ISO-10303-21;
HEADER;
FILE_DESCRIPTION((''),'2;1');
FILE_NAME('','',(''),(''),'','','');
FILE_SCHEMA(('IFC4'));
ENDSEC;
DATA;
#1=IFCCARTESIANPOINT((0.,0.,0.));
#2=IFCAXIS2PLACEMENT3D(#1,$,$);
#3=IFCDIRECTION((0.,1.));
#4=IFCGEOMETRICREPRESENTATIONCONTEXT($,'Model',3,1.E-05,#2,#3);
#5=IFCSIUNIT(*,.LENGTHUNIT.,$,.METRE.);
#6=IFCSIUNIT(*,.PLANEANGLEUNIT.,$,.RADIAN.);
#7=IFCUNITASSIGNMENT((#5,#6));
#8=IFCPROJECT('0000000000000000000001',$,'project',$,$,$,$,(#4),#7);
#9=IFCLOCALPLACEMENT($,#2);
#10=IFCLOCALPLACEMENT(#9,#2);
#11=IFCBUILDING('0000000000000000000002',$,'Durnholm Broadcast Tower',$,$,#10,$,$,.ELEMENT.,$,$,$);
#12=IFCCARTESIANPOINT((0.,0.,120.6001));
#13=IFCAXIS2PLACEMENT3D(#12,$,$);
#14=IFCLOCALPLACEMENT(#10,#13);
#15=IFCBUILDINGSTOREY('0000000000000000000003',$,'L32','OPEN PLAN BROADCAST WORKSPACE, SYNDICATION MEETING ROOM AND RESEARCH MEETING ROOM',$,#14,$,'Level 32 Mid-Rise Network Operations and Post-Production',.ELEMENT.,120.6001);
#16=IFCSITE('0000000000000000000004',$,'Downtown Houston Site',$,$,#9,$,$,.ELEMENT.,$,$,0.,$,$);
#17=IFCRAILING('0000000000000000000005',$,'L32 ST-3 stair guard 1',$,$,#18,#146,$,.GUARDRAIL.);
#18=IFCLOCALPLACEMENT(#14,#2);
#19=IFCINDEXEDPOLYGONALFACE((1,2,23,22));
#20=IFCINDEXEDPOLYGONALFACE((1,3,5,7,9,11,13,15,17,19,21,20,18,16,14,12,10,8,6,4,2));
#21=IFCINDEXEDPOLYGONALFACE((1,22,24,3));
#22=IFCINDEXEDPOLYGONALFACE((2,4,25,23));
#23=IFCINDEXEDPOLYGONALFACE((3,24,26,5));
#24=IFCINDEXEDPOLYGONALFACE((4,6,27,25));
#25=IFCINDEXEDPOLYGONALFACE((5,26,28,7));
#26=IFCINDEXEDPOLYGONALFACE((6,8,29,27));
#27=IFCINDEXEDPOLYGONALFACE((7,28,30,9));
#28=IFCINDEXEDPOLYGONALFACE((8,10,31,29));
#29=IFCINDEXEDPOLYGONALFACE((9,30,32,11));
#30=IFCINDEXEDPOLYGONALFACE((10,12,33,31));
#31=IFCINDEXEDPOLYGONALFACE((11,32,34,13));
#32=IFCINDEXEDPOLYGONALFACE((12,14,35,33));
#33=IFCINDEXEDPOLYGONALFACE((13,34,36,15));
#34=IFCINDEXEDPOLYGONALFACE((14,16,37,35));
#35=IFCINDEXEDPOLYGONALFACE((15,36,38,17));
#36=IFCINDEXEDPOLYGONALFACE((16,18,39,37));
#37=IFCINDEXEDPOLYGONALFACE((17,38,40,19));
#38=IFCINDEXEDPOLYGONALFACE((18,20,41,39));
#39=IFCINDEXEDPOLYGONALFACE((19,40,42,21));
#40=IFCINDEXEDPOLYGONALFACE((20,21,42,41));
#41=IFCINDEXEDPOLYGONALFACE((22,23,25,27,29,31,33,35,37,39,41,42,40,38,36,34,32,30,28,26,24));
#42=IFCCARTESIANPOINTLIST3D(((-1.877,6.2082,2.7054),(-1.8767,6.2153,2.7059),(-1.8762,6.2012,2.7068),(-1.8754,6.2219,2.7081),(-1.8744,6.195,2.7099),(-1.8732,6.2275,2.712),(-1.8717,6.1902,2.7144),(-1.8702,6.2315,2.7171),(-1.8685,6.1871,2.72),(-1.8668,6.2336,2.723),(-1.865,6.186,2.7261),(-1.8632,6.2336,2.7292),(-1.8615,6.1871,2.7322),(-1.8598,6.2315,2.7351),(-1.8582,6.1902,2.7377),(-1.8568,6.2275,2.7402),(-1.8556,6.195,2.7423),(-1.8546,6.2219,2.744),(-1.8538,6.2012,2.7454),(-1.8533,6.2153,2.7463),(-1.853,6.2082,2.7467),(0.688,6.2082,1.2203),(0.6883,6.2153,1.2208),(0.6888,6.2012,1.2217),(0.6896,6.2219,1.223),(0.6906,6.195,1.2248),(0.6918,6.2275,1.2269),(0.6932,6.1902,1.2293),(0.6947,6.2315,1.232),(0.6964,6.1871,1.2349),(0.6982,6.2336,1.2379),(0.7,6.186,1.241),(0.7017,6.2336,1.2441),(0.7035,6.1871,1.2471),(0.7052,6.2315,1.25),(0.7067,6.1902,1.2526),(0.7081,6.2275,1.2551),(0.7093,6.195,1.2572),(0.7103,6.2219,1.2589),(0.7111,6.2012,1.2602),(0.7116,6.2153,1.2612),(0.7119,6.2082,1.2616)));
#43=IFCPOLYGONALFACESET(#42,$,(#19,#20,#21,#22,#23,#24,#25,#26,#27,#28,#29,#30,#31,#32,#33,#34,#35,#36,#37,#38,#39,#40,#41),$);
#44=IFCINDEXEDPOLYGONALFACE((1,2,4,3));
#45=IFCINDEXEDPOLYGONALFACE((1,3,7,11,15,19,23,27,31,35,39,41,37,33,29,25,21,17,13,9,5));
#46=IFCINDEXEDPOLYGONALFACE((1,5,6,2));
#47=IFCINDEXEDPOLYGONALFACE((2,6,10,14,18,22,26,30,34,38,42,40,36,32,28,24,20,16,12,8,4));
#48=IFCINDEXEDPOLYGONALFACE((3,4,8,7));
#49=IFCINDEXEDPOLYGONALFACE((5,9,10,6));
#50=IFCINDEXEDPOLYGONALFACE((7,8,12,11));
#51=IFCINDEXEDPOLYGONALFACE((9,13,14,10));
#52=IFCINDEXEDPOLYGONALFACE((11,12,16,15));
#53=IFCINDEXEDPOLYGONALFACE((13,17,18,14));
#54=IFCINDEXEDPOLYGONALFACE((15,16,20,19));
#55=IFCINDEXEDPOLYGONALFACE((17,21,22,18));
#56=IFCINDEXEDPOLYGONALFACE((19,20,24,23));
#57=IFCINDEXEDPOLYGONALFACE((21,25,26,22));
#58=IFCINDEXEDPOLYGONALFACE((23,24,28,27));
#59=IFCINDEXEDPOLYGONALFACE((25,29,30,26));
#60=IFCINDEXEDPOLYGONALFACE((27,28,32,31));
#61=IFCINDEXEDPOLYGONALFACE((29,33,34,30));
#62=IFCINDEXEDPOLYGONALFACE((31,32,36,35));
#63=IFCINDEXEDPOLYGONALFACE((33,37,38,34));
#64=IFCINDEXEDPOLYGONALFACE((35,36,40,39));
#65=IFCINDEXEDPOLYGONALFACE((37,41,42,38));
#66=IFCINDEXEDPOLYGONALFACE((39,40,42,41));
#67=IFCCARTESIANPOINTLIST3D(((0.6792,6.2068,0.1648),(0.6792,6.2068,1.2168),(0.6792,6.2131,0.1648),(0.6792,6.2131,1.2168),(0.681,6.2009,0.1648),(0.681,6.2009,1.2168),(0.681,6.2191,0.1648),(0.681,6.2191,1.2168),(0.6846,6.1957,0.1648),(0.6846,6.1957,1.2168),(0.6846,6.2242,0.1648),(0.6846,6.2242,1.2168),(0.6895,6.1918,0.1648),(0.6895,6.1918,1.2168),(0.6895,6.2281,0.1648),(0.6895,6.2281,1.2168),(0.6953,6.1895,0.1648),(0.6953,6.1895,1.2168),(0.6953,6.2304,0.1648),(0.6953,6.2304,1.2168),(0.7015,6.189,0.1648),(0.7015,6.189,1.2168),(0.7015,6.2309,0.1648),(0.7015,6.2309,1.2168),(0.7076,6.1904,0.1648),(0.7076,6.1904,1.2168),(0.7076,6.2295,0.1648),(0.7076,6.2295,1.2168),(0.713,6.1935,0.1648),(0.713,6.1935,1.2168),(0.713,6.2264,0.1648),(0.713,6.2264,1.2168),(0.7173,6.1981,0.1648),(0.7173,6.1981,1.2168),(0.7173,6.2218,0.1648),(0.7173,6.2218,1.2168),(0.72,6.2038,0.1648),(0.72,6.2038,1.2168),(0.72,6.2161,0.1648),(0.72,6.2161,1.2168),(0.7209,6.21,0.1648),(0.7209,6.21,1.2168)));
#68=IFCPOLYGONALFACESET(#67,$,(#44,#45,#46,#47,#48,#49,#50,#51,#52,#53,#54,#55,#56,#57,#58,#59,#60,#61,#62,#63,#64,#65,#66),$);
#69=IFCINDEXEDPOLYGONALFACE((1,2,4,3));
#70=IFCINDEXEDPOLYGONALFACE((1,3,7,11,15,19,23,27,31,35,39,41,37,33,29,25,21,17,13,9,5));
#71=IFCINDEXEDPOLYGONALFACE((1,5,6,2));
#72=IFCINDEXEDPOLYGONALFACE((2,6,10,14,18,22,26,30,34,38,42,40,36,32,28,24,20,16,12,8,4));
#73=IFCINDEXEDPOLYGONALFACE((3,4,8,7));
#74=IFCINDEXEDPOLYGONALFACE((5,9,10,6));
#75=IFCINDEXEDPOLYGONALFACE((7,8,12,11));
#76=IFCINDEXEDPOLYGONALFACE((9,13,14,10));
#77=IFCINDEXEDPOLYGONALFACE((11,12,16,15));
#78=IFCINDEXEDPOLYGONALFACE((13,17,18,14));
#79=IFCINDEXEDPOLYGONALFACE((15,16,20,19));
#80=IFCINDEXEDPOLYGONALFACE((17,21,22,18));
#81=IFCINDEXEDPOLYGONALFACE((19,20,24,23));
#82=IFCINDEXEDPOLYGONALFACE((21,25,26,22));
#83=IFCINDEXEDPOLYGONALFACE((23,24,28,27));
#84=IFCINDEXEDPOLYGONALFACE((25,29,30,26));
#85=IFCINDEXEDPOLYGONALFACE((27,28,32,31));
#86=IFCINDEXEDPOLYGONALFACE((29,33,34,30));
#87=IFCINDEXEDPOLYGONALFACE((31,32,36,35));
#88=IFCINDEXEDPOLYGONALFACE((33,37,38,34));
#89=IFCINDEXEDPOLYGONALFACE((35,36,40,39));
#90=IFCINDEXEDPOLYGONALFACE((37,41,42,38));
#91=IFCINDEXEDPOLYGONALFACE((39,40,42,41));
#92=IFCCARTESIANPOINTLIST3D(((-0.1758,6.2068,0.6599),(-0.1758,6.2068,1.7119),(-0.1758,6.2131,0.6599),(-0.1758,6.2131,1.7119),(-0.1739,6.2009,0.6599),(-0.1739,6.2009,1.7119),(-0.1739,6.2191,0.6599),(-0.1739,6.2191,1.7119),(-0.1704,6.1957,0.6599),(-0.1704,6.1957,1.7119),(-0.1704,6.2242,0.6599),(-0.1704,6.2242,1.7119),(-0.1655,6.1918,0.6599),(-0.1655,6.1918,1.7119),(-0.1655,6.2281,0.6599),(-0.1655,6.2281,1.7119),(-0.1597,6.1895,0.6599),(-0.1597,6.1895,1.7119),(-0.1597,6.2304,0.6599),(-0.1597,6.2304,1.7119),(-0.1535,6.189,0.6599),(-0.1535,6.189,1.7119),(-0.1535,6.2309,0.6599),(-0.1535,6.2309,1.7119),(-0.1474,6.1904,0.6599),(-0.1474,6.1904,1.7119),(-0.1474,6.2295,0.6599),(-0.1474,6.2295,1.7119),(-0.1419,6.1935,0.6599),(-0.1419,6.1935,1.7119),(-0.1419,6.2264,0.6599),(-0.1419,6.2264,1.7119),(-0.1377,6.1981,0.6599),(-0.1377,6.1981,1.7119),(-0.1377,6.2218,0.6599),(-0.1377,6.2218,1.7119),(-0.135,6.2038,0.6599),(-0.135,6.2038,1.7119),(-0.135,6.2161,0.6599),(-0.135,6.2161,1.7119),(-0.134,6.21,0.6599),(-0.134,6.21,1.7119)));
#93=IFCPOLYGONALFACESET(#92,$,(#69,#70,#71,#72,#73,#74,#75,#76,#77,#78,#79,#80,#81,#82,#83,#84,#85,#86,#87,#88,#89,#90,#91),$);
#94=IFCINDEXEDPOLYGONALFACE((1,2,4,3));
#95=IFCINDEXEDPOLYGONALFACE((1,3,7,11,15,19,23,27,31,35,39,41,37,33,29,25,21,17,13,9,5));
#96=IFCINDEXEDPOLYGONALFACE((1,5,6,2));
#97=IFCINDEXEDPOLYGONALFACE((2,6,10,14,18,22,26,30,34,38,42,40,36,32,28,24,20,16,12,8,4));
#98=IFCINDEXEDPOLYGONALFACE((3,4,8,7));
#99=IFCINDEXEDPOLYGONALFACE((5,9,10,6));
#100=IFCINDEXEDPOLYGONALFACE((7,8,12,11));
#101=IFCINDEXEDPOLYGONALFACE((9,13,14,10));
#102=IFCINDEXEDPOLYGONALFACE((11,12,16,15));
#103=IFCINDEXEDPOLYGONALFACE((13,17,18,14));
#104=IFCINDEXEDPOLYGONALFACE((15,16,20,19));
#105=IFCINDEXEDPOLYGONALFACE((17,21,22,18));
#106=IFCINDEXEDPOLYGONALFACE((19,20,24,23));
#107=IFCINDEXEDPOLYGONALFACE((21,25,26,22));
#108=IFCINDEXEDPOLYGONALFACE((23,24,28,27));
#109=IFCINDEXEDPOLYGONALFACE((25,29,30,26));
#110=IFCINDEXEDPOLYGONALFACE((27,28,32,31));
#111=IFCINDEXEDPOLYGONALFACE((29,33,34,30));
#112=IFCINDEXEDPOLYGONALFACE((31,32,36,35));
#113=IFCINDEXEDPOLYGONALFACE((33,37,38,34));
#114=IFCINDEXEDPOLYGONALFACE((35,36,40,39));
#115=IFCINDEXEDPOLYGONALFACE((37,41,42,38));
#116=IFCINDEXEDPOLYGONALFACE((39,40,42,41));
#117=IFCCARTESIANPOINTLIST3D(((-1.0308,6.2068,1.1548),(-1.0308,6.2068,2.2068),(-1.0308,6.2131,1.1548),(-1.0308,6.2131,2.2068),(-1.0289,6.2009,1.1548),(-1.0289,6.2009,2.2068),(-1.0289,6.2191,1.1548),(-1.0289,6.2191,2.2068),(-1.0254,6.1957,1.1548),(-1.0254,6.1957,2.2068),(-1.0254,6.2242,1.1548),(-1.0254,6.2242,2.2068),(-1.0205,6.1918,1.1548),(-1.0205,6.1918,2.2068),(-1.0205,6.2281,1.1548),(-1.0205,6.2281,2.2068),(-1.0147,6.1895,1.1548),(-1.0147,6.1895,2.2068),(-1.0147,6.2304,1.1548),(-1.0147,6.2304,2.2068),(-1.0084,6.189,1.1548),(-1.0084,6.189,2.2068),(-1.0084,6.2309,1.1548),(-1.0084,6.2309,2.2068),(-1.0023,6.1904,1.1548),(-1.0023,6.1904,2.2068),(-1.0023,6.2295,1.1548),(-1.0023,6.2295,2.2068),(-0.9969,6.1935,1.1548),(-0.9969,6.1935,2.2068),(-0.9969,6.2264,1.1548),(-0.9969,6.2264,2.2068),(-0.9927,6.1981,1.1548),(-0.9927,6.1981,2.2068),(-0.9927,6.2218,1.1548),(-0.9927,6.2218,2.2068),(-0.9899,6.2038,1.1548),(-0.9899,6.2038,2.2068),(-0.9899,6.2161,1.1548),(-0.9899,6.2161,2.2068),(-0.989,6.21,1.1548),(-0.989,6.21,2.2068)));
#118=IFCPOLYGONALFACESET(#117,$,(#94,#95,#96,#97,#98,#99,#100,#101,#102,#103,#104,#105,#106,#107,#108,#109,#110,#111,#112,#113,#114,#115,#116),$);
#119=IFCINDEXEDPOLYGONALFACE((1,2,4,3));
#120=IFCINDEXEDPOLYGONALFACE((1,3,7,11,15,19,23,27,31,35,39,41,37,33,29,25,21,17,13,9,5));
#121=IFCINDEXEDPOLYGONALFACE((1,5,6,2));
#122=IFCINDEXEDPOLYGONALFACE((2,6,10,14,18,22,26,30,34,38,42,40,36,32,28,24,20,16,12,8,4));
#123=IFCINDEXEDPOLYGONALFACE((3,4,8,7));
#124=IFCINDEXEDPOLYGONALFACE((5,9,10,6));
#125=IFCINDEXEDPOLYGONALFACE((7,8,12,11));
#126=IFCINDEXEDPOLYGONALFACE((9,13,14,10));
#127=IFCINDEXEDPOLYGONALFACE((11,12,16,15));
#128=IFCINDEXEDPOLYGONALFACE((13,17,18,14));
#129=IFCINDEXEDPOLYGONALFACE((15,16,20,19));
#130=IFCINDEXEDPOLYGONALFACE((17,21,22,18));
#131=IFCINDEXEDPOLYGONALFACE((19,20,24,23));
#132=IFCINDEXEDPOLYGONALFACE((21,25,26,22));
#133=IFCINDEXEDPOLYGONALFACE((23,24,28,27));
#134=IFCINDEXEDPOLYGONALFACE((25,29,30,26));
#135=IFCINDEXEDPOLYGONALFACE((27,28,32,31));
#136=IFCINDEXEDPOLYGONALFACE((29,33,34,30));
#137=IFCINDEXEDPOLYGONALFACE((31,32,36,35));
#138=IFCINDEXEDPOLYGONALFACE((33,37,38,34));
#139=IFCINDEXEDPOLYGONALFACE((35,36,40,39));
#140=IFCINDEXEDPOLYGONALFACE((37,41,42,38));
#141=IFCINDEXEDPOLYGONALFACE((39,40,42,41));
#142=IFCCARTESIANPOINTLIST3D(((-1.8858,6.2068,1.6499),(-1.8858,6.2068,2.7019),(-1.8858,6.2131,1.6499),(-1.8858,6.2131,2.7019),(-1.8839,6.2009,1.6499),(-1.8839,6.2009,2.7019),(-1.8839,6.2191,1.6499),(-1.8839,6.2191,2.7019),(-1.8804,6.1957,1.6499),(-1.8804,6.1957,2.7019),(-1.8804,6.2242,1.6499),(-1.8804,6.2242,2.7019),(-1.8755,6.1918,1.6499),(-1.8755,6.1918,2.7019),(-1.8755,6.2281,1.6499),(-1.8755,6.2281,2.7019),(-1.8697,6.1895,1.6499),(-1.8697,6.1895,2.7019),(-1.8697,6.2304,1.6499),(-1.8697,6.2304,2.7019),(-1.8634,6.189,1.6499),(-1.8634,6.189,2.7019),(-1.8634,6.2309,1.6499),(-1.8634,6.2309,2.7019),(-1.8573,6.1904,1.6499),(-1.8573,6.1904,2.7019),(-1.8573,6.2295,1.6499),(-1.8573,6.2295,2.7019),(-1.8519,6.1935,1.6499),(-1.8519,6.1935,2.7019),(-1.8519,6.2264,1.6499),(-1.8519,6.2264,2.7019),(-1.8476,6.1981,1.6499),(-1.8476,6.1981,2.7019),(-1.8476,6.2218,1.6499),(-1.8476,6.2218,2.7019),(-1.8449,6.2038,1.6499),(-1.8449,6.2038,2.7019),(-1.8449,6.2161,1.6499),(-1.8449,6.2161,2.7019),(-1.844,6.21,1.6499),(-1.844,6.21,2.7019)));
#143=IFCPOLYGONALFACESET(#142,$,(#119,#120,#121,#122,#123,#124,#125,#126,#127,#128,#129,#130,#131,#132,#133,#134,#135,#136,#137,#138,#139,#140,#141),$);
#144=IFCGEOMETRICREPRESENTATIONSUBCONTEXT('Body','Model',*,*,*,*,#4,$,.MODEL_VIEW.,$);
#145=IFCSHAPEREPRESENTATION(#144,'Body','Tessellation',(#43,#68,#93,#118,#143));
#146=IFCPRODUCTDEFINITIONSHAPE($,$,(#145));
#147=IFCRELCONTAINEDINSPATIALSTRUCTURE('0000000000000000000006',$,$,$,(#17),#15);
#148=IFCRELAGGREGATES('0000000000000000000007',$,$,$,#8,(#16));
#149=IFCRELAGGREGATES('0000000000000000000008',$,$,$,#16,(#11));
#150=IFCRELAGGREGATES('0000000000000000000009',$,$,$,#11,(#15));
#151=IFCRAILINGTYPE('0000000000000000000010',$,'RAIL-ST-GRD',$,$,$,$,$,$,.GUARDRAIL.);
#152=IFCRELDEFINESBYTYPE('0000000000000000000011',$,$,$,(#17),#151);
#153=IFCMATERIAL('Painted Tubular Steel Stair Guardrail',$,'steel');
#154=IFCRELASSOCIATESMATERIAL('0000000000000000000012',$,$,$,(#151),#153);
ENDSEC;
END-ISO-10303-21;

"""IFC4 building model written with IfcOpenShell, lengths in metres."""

from ifc_helpers import new_model, si_unit, direction, frame, origin, origin_2d, place, context, subcontext, project, spatial, circle, extrude, material, type_object, element, save


model = new_model("IFC4")

# Units and contexts
model_context = context("Model", 3, precision=1e-05, world=origin(), true_north=direction((0.0, 1.0)))
body_context = subcontext(model_context, "Body", "Model", "MODEL_VIEW")
ifc_project = project(units=[si_unit("LENGTHUNIT", "METRE"), si_unit("PLANEANGLEUNIT", "RADIAN")], contexts=[model_context])

# Site, building, storey
site_placement = place(None, origin())
site = spatial("IfcSite", under=ifc_project, at=site_placement, Name="Downtown Houston Site", CompositionType="ELEMENT", RefElevation=0.0)
building_placement = place(site_placement, origin())
building = spatial("IfcBuilding", under=site, at=building_placement, Name="Durnholm Broadcast Tower", CompositionType="ELEMENT")
storey_placement = place(building_placement, frame((0.0, 0.0, 120.6001)))
storey = spatial("IfcBuildingStorey", under=building, at=storey_placement, Name="L32", Description="OPEN PLAN BROADCAST WORKSPACE, SYNDICATION MEETING ROOM AND RESEARCH MEETING ROOM", LongName="Level 32 Mid-Rise Network Operations and Post-Production", CompositionType="ELEMENT", Elevation=120.6001)

# Railing
ifc_material_1 = material(Name="Painted Tubular Steel Stair Guardrail", Category="steel")
railing_type_1 = type_object("IfcRailingType", Name="RAIL-ST-GRD", PredefinedType="GUARDRAIL", material=ifc_material_1)
railing_1_placement = place(storey_placement, frame((0.7, 6.21, 0.1648)))
element("IfcRailing", 1, at=railing_1_placement, inside=storey, type_object=railing_type_1, Name="L32 ST-3 stair guard 1", PredefinedType="GUARDRAIL", context=body_context, shape_type="SweptSolid", body=[
    extrude(circle(Radius=0.0239, at=origin_2d()), frame((0.0, 0.0, 1.0762), z_axis=(-0.865406, 0.0, 0.501072), x_axis=(0.0, -1.0, 0.0)), (0.0, 0.0, 1.0), 2.9639),
    extrude(circle(Radius=0.021, at=origin_2d()), origin(), (0.0, 0.0, 1.0), 1.052),
    extrude(circle(Radius=0.021, at=origin_2d()), frame((-0.855, 0.0, 0.4951)), (0.0, 0.0, 1.0), 1.052),
    extrude(circle(Radius=0.021, at=origin_2d()), frame((-1.71, 0.0, 0.99)), (0.0, 0.0, 1.0), 1.052),
    extrude(circle(Radius=0.021, at=origin_2d()), frame((-2.5649, 0.0, 1.4851)), (0.0, 0.0, 1.0), 1.052),
])

save(model, "model.ifc")
